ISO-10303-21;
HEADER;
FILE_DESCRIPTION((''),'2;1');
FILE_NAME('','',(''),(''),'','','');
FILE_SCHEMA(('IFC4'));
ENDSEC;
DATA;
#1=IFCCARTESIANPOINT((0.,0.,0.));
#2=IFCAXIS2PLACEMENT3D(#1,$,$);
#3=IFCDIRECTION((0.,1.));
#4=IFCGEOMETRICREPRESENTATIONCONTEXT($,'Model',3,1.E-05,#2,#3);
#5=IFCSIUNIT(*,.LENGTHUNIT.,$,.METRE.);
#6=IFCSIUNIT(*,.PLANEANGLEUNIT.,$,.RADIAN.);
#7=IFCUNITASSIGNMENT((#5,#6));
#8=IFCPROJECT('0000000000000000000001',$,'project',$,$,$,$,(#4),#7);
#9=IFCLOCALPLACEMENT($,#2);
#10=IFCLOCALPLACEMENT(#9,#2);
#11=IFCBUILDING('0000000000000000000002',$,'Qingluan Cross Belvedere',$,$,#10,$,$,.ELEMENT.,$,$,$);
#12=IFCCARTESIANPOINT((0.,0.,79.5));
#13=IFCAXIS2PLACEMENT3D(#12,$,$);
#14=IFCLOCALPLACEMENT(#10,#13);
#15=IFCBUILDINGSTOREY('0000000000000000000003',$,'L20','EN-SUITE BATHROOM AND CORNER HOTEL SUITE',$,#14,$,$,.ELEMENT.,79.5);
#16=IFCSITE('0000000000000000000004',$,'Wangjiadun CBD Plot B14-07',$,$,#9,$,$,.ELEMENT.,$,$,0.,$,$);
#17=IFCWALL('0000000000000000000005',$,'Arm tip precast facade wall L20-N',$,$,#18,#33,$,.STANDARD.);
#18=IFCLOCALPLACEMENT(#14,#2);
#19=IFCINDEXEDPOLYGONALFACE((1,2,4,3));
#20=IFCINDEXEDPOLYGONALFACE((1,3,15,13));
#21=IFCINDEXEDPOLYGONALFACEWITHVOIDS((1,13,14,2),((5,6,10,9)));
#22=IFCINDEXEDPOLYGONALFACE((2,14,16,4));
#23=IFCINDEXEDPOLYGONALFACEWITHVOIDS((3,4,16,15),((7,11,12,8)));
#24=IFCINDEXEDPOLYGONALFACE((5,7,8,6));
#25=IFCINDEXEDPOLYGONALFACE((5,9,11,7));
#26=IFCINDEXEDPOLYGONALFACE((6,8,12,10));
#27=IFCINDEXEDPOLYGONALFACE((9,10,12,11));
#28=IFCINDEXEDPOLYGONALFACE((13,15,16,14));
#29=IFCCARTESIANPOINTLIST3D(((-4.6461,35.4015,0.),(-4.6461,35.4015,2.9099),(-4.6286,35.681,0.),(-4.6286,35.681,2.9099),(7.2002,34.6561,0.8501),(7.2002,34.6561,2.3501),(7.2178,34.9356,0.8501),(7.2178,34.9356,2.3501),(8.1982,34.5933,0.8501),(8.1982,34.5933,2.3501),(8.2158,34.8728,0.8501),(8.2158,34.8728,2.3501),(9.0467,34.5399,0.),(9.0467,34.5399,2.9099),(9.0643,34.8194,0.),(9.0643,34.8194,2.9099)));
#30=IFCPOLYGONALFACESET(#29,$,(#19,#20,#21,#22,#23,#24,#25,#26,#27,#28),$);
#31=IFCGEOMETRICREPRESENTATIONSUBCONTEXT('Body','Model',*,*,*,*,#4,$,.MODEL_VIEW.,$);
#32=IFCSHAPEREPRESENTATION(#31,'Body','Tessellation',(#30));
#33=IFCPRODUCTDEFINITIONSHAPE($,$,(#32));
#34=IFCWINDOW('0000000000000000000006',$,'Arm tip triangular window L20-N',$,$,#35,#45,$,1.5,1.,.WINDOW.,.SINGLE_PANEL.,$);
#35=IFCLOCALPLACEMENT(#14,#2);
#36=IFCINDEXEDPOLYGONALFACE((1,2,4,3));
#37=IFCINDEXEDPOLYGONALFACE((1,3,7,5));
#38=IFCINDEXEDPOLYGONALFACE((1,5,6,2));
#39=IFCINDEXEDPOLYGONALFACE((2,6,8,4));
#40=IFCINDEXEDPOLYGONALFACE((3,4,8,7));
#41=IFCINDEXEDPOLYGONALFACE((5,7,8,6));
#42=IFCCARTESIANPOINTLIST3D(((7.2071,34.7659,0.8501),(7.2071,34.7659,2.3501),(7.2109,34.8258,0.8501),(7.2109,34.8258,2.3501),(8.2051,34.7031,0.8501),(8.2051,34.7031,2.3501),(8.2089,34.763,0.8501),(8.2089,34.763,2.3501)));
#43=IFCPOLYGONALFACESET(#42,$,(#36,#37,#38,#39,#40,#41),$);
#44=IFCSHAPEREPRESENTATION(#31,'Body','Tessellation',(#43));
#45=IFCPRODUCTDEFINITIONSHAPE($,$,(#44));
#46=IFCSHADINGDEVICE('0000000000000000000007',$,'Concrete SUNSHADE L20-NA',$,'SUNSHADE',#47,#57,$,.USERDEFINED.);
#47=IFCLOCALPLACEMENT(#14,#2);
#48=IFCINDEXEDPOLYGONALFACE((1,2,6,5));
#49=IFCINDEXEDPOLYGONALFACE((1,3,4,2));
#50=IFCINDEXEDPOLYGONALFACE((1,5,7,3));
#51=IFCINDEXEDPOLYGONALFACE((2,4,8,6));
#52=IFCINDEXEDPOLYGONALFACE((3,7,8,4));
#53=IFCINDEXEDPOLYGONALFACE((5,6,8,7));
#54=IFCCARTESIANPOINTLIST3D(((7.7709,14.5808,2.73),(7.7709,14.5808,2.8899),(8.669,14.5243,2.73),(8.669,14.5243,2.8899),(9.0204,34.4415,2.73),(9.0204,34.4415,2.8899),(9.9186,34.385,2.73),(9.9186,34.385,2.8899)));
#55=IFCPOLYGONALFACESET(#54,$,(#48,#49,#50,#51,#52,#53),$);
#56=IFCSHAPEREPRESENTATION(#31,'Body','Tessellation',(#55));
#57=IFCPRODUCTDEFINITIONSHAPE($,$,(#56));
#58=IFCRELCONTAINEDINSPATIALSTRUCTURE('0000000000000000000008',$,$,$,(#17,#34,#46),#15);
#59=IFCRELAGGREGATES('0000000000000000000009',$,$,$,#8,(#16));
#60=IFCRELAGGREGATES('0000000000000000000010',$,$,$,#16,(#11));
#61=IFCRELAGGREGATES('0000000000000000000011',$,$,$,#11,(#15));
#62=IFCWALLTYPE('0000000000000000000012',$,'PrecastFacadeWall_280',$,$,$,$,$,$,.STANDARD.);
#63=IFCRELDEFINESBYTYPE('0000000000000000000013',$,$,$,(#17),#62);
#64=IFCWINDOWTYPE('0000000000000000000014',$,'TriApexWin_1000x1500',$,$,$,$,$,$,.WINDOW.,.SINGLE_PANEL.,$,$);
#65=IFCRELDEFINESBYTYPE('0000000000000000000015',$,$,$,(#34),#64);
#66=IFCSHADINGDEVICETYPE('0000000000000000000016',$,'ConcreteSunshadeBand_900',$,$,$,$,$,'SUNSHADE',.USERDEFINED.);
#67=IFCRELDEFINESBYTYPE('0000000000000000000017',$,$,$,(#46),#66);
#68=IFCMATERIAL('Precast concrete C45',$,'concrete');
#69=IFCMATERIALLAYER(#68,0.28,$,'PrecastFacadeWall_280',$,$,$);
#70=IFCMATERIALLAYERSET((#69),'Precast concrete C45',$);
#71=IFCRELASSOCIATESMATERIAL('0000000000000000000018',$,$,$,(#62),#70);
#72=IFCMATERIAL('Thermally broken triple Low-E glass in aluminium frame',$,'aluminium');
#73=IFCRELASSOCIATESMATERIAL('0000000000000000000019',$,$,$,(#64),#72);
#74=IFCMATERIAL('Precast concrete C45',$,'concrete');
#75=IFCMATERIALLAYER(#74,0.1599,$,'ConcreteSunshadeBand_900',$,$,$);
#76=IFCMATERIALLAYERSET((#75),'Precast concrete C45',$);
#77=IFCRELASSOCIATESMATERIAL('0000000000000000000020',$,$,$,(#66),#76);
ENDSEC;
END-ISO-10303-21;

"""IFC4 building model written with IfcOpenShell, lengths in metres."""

from ifc_helpers import new_model, si_unit, direction, frame, frame_2d, origin, origin_2d, place, context, subcontext, project, spatial, rectangle, extrude, material, layer, layer_set, type_object, element, fill, save


model = new_model("IFC4")

# Units and contexts
model_context = context("Model", 3, precision=1e-05, world=origin(), true_north=direction((0.0, 1.0)))
body_context = subcontext(model_context, "Body", "Model", "MODEL_VIEW")
ifc_project = project(units=[si_unit("LENGTHUNIT", "METRE"), si_unit("PLANEANGLEUNIT", "RADIAN")], contexts=[model_context])

# Site, building, storey
site_placement = place(None, origin())
site = spatial("IfcSite", under=ifc_project, at=site_placement, Name="Wangjiadun CBD Plot B14-07", CompositionType="ELEMENT", RefElevation=0.0)
building_placement = place(site_placement, origin())
building = spatial("IfcBuilding", under=site, at=building_placement, Name="Qingluan Cross Belvedere", CompositionType="ELEMENT")
storey_placement = place(building_placement, frame((0.0, 0.0, 79.5)))
storey = spatial("IfcBuildingStorey", under=building, at=storey_placement, Name="L20", Description="EN-SUITE BATHROOM AND CORNER HOTEL SUITE", CompositionType="ELEMENT", Elevation=79.5)

# Shared definitions
ifc_material_1 = material(Name="Precast concrete C45", Category="concrete")
ifc_layer_1 = layer(ifc_material_1, 0.28, Name="PrecastFacadeWall_280")
ifc_layer_set_1 = layer_set([ifc_layer_1], Name="Precast concrete C45")
wall_type_1 = type_object("IfcWallType", Name="PrecastFacadeWall_280", PredefinedType="STANDARD", material=ifc_layer_set_1)

# Wall, opening, window
wall_1_placement = place(storey_placement, frame((9.0554, 34.6797, 0.0), z_axis=(0.0, 0.0, 1.0), x_axis=(-0.998026, 0.062797, 0.0)))
wall_1 = element("IfcWall", 1, at=wall_1_placement, inside=storey, type_object=wall_type_1, Name="Arm tip precast facade wall L20-N", PredefinedType="STANDARD", context=body_context, shape_type="SweptSolid", body=[
    extrude(rectangle(XDim=13.72, YDim=0.28, at=frame_2d((6.8599, 0.0))), origin(), (0.0, 0.0, 1.0), 2.9099),
])
opening_1_placement = place(wall_1_placement, frame((0.8501, 0.0, 0.8501)))
opening_1 = element("IfcOpeningElement", 2, at=opening_1_placement, cuts=wall_1, PredefinedType="OPENING", context=body_context, shape_type="SweptSolid", body=[
    extrude(rectangle(XDim=1.0, YDim=1.5, at=frame_2d((0.5, 0.75))), frame((0.0, 0.1499, 0.0), z_axis=(0.0, -1.0, 0.0), x_axis=(1.0, 0.0, 0.0)), (0.0, 0.0, 1.0), 0.3),
])
ifc_material_2 = material(Name="Thermally broken triple Low-E glass in aluminium frame", Category="aluminium")
window_type_1 = type_object("IfcWindowType", Name="TriApexWin_1000x1500", PartitioningType="SINGLE_PANEL", PredefinedType="WINDOW", material=ifc_material_2)
window_1_placement = place(opening_1_placement, origin())
window_1 = element("IfcWindow", 3, at=window_1_placement, inside=storey, type_object=window_type_1, Name="Arm tip triangular window L20-N", OverallHeight=1.5, OverallWidth=1.0, PartitioningType="SINGLE_PANEL", PredefinedType="WINDOW", context=body_context, shape_type="SweptSolid", body=[
    extrude(rectangle(XDim=1.0, YDim=1.5, at=frame_2d((0.5, 0.75))), frame((0.0, 0.03, 0.0), z_axis=(0.0, -1.0, 0.0), x_axis=(1.0, 0.0, 0.0)), (0.0, 0.0, 1.0), 0.0601),
])
fill(opening_1, window_1)

# Shading device
ifc_material_3 = material(Name="Precast concrete C45", Category="concrete")
ifc_layer_2 = layer(ifc_material_3, 0.1599, Name="ConcreteSunshadeBand_900")
ifc_layer_set_2 = layer_set([ifc_layer_2], Name="Precast concrete C45")
shading_device_type = type_object("IfcShadingDeviceType", Name="ConcreteSunshadeBand_900", ElementType="SUNSHADE", PredefinedType="USERDEFINED", material=ifc_layer_set_2)
shading_device_placement = place(storey_placement, frame((8.8447, 24.4829, 2.73), z_axis=(0.0, 0.0, 1.0), x_axis=(0.062791, 0.998027, 0.0)))
element("IfcShadingDevice", 4, at=shading_device_placement, inside=storey, type_object=shading_device_type, Name="Concrete SUNSHADE L20-NA", ObjectType="SUNSHADE", PredefinedType="USERDEFINED", context=body_context, shape_type="SweptSolid", body=[
    extrude(rectangle(XDim=19.8999, YDim=0.8999, at=origin_2d()), origin(), (0.0, 0.0, 1.0), 0.1599),
])

save(model, "model.ifc")
